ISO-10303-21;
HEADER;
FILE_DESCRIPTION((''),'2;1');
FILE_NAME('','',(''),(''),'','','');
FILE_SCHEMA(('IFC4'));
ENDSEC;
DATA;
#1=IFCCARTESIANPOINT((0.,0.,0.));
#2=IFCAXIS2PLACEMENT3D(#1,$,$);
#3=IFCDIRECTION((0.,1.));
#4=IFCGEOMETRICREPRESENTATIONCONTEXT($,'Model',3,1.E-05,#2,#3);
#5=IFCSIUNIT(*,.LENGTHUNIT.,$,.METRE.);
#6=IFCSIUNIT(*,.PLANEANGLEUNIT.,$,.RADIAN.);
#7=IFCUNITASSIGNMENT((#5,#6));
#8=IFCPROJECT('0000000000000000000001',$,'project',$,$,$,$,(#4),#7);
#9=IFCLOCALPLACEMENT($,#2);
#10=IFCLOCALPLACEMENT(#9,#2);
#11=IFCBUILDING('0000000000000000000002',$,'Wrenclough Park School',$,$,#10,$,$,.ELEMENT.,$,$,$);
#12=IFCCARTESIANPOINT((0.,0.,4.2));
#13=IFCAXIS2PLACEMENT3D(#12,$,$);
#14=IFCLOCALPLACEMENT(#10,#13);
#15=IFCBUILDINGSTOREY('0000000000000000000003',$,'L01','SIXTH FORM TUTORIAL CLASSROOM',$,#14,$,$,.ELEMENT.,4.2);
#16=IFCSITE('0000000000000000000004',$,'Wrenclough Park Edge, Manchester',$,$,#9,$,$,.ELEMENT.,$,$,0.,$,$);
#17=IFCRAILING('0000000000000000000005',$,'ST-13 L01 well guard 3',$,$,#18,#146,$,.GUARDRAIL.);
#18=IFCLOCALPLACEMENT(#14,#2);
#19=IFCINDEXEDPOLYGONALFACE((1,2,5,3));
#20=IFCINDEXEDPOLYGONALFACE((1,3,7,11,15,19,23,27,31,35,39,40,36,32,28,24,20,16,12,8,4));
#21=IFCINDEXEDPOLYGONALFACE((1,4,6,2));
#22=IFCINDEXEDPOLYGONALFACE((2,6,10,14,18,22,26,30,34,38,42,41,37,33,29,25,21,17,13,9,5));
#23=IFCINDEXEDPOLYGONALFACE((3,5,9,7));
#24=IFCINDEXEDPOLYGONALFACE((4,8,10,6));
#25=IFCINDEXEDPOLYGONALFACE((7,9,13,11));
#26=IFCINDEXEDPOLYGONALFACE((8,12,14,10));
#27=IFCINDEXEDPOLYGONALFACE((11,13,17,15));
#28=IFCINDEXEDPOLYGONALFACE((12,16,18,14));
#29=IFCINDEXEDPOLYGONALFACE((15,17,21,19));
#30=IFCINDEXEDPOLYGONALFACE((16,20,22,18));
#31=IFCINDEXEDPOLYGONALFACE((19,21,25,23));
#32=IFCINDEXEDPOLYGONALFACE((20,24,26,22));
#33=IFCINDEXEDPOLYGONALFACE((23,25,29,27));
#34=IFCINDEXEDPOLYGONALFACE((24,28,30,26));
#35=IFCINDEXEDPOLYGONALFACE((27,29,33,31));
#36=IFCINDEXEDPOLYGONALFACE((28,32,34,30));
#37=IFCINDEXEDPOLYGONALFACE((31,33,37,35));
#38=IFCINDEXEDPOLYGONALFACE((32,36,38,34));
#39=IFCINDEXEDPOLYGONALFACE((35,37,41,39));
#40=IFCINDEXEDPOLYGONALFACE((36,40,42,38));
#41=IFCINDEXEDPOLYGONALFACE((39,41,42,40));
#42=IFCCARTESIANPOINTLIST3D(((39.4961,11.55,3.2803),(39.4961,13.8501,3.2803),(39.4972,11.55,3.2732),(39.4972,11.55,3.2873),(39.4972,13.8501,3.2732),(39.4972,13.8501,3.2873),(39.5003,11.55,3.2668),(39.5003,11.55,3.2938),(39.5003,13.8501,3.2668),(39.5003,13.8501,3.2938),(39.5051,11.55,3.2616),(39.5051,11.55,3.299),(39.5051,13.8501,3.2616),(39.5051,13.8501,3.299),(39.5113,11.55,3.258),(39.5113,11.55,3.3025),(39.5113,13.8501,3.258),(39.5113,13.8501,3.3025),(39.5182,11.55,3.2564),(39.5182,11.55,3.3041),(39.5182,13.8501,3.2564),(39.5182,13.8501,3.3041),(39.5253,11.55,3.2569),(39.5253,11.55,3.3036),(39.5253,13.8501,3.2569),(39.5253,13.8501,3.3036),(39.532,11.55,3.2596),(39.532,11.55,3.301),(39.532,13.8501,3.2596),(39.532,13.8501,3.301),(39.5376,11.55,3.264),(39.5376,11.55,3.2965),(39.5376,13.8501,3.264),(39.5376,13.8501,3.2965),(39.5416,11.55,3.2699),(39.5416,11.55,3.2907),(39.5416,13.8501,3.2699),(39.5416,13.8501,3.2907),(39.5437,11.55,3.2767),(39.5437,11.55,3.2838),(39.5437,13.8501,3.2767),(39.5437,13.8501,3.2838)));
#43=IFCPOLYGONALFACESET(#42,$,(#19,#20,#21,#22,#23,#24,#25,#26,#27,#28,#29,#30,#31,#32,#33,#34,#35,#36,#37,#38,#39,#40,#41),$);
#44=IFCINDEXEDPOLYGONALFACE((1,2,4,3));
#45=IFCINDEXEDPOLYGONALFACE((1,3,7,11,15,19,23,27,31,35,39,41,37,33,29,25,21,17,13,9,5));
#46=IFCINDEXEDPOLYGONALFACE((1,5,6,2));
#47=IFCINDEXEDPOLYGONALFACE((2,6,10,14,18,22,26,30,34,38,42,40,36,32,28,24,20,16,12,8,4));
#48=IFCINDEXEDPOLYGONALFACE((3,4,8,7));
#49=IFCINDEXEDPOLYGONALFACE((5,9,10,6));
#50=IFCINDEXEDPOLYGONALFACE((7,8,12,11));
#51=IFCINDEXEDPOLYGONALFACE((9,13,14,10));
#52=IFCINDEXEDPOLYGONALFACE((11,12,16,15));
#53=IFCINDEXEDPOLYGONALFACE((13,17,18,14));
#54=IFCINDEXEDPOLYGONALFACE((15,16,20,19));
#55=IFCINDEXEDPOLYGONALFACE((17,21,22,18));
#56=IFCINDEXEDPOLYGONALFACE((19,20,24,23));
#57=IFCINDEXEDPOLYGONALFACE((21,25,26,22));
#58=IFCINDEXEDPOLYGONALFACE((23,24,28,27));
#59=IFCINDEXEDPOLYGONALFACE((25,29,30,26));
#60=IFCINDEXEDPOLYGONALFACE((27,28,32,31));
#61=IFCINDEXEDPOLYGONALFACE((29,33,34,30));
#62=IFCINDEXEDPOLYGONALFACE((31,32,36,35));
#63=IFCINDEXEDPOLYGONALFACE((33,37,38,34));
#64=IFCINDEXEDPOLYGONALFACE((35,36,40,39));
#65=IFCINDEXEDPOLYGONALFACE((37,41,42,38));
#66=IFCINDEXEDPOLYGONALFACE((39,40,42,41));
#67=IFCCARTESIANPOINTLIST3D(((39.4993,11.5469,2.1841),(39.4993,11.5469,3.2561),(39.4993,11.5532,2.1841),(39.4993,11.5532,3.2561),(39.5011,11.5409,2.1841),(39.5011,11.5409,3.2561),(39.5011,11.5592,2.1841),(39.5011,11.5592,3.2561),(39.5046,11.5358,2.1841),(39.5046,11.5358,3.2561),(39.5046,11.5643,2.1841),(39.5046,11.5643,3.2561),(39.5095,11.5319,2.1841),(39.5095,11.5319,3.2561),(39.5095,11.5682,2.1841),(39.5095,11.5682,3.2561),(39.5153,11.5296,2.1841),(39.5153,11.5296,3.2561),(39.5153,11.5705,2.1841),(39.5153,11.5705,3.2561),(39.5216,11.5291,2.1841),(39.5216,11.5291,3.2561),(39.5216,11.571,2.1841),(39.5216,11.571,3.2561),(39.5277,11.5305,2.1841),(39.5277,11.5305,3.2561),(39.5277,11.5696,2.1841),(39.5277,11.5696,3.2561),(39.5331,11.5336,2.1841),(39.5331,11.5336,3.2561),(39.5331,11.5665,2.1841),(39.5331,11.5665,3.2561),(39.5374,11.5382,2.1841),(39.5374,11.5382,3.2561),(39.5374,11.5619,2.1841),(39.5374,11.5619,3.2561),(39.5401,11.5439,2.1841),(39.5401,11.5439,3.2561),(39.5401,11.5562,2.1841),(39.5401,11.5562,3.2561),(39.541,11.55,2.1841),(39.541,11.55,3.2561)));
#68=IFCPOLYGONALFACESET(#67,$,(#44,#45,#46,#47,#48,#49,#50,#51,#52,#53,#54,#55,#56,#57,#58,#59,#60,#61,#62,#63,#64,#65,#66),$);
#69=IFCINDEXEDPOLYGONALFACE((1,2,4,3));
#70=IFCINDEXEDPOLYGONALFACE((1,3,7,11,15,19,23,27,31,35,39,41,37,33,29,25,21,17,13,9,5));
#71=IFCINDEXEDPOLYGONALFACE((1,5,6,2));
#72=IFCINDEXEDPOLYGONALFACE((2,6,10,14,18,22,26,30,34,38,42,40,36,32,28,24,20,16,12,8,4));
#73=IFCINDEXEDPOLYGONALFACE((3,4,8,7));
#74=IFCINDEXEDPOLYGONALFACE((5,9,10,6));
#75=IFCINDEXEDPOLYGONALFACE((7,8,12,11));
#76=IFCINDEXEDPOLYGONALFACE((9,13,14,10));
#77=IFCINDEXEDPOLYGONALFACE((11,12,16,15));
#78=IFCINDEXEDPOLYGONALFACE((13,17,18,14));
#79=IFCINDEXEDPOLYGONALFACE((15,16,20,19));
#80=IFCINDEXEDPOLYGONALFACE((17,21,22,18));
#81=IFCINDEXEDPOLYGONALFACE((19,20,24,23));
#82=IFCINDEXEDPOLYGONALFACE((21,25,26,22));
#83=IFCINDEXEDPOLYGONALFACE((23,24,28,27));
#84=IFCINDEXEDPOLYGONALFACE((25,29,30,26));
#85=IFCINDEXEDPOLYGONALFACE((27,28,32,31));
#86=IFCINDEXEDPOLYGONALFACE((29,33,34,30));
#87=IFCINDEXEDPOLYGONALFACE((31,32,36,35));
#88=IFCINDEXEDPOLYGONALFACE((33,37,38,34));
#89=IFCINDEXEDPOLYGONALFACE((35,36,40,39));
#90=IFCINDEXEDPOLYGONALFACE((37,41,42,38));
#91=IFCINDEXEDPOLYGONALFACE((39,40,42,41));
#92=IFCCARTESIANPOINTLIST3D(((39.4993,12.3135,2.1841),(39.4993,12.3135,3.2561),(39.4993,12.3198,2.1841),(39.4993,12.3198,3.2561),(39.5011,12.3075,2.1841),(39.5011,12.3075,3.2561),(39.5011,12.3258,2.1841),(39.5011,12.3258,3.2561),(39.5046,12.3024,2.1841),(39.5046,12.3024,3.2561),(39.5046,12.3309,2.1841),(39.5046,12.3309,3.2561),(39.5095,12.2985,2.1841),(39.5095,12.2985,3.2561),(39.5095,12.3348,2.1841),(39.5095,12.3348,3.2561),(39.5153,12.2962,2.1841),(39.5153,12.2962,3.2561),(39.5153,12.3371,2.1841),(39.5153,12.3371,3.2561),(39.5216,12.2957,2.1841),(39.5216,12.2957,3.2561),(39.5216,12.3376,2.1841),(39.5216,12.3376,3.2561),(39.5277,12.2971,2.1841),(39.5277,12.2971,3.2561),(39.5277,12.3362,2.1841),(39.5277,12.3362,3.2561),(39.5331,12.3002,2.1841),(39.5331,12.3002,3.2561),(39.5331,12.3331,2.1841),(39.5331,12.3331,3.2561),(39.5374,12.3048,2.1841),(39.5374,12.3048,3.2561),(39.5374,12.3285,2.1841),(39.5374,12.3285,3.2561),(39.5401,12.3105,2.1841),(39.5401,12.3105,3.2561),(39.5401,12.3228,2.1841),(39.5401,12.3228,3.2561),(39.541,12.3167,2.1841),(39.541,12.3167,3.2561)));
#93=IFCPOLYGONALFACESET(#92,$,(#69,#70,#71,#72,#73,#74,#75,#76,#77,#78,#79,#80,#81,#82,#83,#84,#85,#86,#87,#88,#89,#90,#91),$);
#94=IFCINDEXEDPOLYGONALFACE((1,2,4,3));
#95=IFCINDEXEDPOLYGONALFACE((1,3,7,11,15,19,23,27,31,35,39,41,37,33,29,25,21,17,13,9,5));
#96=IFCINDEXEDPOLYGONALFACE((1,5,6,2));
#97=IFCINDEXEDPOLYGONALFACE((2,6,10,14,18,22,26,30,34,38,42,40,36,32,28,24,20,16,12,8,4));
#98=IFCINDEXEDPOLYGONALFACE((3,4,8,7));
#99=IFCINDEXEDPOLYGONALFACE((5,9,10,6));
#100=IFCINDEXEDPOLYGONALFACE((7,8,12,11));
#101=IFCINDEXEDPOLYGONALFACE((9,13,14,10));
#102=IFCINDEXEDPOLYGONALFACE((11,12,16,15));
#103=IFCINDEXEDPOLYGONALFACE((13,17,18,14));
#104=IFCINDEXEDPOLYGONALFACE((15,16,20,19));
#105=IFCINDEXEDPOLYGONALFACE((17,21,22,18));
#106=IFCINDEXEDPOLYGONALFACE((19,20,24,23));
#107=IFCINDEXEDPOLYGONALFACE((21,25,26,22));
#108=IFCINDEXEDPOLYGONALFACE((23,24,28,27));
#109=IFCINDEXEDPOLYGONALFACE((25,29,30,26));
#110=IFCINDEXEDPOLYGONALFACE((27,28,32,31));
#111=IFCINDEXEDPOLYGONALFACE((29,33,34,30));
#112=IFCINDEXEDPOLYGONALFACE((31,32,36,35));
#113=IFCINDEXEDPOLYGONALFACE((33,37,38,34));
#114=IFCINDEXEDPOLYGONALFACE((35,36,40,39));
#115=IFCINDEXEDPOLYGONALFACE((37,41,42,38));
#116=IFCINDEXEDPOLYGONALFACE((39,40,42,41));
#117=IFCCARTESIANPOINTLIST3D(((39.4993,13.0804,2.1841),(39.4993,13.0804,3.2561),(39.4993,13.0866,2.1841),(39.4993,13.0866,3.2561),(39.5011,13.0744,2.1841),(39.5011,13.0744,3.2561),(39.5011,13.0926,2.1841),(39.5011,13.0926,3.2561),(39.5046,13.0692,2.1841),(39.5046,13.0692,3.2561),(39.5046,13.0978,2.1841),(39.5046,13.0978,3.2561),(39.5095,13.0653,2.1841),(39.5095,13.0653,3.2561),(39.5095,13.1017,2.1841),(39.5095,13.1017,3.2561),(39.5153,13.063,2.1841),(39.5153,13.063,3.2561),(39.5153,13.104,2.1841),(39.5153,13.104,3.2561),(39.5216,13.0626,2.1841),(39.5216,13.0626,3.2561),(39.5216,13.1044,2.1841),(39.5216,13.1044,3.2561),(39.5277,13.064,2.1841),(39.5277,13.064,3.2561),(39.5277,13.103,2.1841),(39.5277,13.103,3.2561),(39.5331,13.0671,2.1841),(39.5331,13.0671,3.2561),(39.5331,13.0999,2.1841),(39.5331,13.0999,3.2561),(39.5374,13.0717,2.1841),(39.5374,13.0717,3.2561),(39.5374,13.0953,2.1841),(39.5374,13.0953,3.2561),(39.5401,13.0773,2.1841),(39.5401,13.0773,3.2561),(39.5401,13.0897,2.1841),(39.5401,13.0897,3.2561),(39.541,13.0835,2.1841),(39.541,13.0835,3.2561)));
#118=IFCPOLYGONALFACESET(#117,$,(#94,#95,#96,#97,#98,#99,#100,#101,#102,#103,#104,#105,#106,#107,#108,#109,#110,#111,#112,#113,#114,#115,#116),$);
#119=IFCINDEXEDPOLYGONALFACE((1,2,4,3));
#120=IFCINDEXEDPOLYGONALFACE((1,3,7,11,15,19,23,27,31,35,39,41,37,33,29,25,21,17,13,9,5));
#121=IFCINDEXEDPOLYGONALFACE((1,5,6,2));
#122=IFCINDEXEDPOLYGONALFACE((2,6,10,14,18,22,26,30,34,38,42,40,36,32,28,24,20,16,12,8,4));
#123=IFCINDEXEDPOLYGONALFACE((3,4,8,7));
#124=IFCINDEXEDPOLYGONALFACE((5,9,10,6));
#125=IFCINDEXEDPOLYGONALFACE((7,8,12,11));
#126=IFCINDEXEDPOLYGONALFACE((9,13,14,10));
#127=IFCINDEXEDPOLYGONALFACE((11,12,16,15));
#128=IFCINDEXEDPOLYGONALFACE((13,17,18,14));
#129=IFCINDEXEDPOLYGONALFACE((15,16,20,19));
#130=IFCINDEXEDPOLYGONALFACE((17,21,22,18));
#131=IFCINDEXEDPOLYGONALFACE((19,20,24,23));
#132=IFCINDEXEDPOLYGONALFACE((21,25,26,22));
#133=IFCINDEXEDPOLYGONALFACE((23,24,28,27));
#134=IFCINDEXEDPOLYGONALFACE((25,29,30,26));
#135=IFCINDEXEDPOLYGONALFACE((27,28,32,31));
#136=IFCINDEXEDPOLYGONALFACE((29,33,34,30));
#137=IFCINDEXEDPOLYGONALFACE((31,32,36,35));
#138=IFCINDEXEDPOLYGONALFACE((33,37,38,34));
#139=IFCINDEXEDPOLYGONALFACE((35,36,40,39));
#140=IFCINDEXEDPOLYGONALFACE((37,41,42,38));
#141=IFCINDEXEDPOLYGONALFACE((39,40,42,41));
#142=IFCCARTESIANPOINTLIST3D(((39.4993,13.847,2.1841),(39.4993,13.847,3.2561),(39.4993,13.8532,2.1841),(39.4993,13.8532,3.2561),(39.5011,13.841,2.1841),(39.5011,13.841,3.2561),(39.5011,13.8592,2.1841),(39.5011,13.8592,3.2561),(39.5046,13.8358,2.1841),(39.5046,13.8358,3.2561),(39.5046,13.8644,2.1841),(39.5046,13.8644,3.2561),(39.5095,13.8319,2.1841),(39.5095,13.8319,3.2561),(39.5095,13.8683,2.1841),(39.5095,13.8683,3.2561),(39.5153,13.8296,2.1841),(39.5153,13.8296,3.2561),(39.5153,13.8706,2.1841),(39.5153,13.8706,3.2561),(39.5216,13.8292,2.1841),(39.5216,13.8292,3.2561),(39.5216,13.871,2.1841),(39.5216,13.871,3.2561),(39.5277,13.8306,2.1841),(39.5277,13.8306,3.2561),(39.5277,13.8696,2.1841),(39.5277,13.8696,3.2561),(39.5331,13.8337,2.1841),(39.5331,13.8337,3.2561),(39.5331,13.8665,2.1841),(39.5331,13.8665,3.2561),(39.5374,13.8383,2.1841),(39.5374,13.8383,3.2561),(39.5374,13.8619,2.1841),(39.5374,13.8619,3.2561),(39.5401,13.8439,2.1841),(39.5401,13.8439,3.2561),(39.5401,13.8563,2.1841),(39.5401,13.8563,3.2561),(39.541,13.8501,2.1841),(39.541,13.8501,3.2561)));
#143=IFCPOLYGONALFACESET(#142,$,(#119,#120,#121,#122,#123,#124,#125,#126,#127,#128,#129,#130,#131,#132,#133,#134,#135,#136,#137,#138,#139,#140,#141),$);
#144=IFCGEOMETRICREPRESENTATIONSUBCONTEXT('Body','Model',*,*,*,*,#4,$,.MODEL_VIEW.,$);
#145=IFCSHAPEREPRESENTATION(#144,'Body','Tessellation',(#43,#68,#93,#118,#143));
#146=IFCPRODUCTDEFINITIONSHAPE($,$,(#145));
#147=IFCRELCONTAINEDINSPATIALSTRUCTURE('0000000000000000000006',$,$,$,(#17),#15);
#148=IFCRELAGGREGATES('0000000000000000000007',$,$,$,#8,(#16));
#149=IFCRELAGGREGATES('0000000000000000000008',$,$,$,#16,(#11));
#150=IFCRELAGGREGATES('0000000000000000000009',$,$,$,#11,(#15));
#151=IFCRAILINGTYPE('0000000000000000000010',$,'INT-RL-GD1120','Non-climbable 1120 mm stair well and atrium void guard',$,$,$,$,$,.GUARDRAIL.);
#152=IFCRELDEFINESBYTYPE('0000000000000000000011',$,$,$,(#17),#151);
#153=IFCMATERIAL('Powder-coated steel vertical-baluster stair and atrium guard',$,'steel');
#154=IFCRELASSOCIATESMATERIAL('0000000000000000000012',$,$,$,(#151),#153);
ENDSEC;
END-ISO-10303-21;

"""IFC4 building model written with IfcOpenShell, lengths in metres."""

from ifc_helpers import new_model, si_unit, direction, frame, origin, origin_2d, place, context, subcontext, project, spatial, circle, extrude, material, type_object, element, save


model = new_model("IFC4")

# Units and contexts
model_context = context("Model", 3, precision=1e-05, world=origin(), true_north=direction((0.0, 1.0)))
body_context = subcontext(model_context, "Body", "Model", "MODEL_VIEW")
ifc_project = project(units=[si_unit("LENGTHUNIT", "METRE"), si_unit("PLANEANGLEUNIT", "RADIAN")], contexts=[model_context])

# Site, building, storey
site_placement = place(None, origin())
site = spatial("IfcSite", under=ifc_project, at=site_placement, Name="Wrenclough Park Edge, Manchester", CompositionType="ELEMENT", RefElevation=0.0)
building_placement = place(site_placement, origin())
building = spatial("IfcBuilding", under=site, at=building_placement, Name="Wrenclough Park School", CompositionType="ELEMENT")
storey_placement = place(building_placement, frame((0.0, 0.0, 4.2)))
storey = spatial("IfcBuildingStorey", under=building, at=storey_placement, Name="L01", Description="SIXTH FORM TUTORIAL CLASSROOM", CompositionType="ELEMENT", Elevation=4.2)

# Railing
ifc_material_1 = material(Name="Powder-coated steel vertical-baluster stair and atrium guard", Category="steel")
railing_type_1 = type_object("IfcRailingType", Name="INT-RL-GD1120", Description="Non-climbable 1120 mm stair well and atrium void guard", PredefinedType="GUARDRAIL", material=ifc_material_1)
railing_1_placement = place(storey_placement, frame((39.52, 11.55, 2.1841)))
element("IfcRailing", 1, at=railing_1_placement, inside=storey, type_object=railing_type_1, Name="ST-13 L01 well guard 3", PredefinedType="GUARDRAIL", context=body_context, shape_type="SweptSolid", body=[
    extrude(circle(Radius=0.0239, at=origin_2d()), frame((0.0, 0.0, 1.0962), z_axis=(0.0, 1.0, 0.0), x_axis=(-1.0, 0.0, 0.0)), (0.0, 0.0, 1.0), 2.3),
    extrude(circle(Radius=0.021, at=origin_2d()), origin(), (0.0, 0.0, 1.0), 1.072),
    extrude(circle(Radius=0.021, at=origin_2d()), frame((0.0, 0.7666, 0.0)), (0.0, 0.0, 1.0), 1.072),
    extrude(circle(Radius=0.021, at=origin_2d()), frame((0.0, 1.5334, 0.0)), (0.0, 0.0, 1.0), 1.072),
    extrude(circle(Radius=0.021, at=origin_2d()), frame((0.0, 2.3, 0.0)), (0.0, 0.0, 1.0), 1.072),
])

save(model, "model.ifc")
